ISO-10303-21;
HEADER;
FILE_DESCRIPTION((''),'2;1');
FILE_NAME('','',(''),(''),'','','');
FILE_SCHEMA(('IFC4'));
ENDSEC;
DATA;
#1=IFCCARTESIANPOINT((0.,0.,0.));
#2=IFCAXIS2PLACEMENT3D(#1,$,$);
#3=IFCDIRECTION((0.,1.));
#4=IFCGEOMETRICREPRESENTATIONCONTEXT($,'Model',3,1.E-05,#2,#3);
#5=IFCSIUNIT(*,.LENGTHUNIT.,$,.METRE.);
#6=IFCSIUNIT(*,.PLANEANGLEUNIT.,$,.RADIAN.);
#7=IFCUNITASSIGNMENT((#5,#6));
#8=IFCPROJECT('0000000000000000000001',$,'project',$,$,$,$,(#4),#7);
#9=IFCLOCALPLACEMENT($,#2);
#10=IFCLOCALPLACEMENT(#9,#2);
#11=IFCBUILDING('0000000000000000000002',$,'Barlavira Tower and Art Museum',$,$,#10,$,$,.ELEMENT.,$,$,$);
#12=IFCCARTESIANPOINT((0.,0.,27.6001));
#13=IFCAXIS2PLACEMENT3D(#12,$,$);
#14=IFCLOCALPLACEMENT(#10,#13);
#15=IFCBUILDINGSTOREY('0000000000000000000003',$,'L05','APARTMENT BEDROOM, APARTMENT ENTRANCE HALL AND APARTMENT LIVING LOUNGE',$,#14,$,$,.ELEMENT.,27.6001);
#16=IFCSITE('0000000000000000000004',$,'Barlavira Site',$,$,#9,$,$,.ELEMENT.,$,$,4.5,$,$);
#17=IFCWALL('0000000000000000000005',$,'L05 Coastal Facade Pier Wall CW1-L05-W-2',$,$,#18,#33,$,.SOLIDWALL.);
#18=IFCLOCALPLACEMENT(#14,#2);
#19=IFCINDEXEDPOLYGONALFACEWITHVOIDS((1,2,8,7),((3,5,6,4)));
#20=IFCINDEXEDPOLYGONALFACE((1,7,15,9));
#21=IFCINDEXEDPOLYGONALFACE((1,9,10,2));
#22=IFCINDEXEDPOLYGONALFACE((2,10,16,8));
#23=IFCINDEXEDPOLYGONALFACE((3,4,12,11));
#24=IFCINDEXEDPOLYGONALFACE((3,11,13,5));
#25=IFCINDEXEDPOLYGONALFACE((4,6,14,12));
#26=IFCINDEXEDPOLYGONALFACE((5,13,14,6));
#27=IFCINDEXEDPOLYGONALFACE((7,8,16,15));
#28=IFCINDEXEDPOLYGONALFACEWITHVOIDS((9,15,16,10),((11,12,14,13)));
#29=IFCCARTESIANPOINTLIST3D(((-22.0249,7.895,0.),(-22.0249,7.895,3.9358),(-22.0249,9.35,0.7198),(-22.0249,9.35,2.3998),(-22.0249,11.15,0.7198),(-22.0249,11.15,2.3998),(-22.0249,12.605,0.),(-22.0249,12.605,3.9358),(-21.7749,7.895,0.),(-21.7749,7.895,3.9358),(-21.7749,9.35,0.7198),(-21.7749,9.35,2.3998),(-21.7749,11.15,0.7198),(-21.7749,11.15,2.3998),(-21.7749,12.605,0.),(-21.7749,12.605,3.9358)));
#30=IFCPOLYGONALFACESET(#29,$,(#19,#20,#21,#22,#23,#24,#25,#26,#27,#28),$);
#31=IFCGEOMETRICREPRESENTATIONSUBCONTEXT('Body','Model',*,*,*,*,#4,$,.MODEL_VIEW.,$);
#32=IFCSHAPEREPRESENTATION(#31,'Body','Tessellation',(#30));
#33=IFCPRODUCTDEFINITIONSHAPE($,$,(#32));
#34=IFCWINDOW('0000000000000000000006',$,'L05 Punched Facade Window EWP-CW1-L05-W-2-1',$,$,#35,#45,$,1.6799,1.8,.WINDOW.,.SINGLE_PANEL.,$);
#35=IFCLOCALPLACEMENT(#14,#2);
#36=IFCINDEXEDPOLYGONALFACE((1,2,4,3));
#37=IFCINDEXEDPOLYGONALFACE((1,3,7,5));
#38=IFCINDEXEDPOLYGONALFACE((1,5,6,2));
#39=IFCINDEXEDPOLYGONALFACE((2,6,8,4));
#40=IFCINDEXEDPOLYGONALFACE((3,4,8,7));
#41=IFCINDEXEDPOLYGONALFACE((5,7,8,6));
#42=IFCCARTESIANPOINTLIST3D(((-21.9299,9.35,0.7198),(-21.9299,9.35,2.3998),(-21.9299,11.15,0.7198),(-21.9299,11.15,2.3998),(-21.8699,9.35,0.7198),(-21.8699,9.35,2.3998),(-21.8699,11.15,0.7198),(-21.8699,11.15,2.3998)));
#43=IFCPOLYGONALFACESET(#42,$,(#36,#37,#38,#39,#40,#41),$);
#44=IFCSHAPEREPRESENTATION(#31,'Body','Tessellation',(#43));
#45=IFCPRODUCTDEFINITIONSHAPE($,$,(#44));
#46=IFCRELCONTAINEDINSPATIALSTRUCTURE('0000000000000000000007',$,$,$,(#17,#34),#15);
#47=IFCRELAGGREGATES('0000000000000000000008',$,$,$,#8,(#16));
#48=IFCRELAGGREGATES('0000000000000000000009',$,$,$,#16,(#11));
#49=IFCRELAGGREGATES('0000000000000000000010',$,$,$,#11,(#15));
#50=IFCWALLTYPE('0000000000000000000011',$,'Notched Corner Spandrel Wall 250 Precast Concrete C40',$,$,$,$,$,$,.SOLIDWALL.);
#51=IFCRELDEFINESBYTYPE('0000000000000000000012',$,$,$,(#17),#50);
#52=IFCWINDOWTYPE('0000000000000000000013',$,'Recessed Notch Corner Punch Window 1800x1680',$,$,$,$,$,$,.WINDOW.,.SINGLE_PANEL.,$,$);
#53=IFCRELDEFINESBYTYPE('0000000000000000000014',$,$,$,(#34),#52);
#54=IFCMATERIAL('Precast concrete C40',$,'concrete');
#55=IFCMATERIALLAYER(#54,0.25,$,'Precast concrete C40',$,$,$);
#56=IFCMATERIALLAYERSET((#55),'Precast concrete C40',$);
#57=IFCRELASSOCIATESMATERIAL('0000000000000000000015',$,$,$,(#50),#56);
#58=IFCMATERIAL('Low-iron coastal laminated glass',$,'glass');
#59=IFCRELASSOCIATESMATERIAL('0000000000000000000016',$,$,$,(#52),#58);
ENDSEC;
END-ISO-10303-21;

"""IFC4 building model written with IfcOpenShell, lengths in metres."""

from ifc_helpers import new_model, si_unit, direction, frame, frame_2d, origin, place, context, subcontext, project, spatial, rectangle, extrude, material, layer, layer_set, type_object, element, fill, save


model = new_model("IFC4")

# Units and contexts
model_context = context("Model", 3, precision=1e-05, world=origin(), true_north=direction((0.0, 1.0)))
body_context = subcontext(model_context, "Body", "Model", "MODEL_VIEW")
ifc_project = project(units=[si_unit("LENGTHUNIT", "METRE"), si_unit("PLANEANGLEUNIT", "RADIAN")], contexts=[model_context])

# Site, building, storey
site_placement = place(None, origin())
site = spatial("IfcSite", under=ifc_project, at=site_placement, Name="Barlavira Site", CompositionType="ELEMENT", RefElevation=4.5)
building_placement = place(site_placement, origin())
building = spatial("IfcBuilding", under=site, at=building_placement, Name="Barlavira Tower and Art Museum", CompositionType="ELEMENT")
storey_placement = place(building_placement, frame((0.0, 0.0, 27.6001)))
storey = spatial("IfcBuildingStorey", under=building, at=storey_placement, Name="L05", Description="APARTMENT BEDROOM, APARTMENT ENTRANCE HALL AND APARTMENT LIVING LOUNGE", CompositionType="ELEMENT", Elevation=27.6001)

# Wall, opening, window
ifc_material_1 = material(Name="Precast concrete C40", Category="concrete")
ifc_layer_1 = layer(ifc_material_1, 0.25, Name="Precast concrete C40")
ifc_layer_set_1 = layer_set([ifc_layer_1], Name="Precast concrete C40")
wall_type_1 = type_object("IfcWallType", Name="Notched Corner Spandrel Wall 250 Precast Concrete C40", PredefinedType="SOLIDWALL", material=ifc_layer_set_1)
wall_1_placement = place(storey_placement, frame((-21.8999, 12.605, 0.0), z_axis=(0.0, 0.0, 1.0), x_axis=(0.0, -1.0, 0.0)))
wall_1 = element("IfcWall", 1, at=wall_1_placement, inside=storey, type_object=wall_type_1, Name="L05 Coastal Facade Pier Wall CW1-L05-W-2", PredefinedType="SOLIDWALL", context=body_context, shape_type="SweptSolid", body=[
    extrude(rectangle(XDim=4.71, YDim=0.25, at=frame_2d((2.355, 0.0))), origin(), (0.0, 0.0, 1.0), 3.9358),
])
opening_1_placement = place(wall_1_placement, frame((1.4551, 0.0, 0.72)))
opening_1 = element("IfcOpeningElement", 2, at=opening_1_placement, cuts=wall_1, PredefinedType="OPENING", context=body_context, shape_type="SweptSolid", body=[
    extrude(rectangle(XDim=1.8, YDim=1.6799, at=frame_2d((0.8999, 0.8398))), frame((0.0, 0.135, 0.0), z_axis=(0.0, -1.0, 0.0), x_axis=(1.0, 0.0, 0.0)), (0.0, 0.0, 1.0), 0.27),
])
ifc_material_2 = material(Name="Low-iron coastal laminated glass", Category="glass")
window_type = type_object("IfcWindowType", Name="Recessed Notch Corner Punch Window 1800x1680", PartitioningType="SINGLE_PANEL", PredefinedType="WINDOW", material=ifc_material_2)
window_placement = place(opening_1_placement, origin())
window = element("IfcWindow", 3, at=window_placement, inside=storey, type_object=window_type, Name="L05 Punched Facade Window EWP-CW1-L05-W-2-1", OverallHeight=1.6799, OverallWidth=1.8, PartitioningType="SINGLE_PANEL", PredefinedType="WINDOW", context=body_context, shape_type="SweptSolid", body=[
    extrude(rectangle(XDim=1.8, YDim=1.6799, at=frame_2d((0.8999, 0.8398))), frame((0.0, 0.03, 0.0), z_axis=(0.0, -1.0, 0.0), x_axis=(1.0, 0.0, 0.0)), (0.0, 0.0, 1.0), 0.0601),
])
fill(opening_1, window)

save(model, "model.ifc")
